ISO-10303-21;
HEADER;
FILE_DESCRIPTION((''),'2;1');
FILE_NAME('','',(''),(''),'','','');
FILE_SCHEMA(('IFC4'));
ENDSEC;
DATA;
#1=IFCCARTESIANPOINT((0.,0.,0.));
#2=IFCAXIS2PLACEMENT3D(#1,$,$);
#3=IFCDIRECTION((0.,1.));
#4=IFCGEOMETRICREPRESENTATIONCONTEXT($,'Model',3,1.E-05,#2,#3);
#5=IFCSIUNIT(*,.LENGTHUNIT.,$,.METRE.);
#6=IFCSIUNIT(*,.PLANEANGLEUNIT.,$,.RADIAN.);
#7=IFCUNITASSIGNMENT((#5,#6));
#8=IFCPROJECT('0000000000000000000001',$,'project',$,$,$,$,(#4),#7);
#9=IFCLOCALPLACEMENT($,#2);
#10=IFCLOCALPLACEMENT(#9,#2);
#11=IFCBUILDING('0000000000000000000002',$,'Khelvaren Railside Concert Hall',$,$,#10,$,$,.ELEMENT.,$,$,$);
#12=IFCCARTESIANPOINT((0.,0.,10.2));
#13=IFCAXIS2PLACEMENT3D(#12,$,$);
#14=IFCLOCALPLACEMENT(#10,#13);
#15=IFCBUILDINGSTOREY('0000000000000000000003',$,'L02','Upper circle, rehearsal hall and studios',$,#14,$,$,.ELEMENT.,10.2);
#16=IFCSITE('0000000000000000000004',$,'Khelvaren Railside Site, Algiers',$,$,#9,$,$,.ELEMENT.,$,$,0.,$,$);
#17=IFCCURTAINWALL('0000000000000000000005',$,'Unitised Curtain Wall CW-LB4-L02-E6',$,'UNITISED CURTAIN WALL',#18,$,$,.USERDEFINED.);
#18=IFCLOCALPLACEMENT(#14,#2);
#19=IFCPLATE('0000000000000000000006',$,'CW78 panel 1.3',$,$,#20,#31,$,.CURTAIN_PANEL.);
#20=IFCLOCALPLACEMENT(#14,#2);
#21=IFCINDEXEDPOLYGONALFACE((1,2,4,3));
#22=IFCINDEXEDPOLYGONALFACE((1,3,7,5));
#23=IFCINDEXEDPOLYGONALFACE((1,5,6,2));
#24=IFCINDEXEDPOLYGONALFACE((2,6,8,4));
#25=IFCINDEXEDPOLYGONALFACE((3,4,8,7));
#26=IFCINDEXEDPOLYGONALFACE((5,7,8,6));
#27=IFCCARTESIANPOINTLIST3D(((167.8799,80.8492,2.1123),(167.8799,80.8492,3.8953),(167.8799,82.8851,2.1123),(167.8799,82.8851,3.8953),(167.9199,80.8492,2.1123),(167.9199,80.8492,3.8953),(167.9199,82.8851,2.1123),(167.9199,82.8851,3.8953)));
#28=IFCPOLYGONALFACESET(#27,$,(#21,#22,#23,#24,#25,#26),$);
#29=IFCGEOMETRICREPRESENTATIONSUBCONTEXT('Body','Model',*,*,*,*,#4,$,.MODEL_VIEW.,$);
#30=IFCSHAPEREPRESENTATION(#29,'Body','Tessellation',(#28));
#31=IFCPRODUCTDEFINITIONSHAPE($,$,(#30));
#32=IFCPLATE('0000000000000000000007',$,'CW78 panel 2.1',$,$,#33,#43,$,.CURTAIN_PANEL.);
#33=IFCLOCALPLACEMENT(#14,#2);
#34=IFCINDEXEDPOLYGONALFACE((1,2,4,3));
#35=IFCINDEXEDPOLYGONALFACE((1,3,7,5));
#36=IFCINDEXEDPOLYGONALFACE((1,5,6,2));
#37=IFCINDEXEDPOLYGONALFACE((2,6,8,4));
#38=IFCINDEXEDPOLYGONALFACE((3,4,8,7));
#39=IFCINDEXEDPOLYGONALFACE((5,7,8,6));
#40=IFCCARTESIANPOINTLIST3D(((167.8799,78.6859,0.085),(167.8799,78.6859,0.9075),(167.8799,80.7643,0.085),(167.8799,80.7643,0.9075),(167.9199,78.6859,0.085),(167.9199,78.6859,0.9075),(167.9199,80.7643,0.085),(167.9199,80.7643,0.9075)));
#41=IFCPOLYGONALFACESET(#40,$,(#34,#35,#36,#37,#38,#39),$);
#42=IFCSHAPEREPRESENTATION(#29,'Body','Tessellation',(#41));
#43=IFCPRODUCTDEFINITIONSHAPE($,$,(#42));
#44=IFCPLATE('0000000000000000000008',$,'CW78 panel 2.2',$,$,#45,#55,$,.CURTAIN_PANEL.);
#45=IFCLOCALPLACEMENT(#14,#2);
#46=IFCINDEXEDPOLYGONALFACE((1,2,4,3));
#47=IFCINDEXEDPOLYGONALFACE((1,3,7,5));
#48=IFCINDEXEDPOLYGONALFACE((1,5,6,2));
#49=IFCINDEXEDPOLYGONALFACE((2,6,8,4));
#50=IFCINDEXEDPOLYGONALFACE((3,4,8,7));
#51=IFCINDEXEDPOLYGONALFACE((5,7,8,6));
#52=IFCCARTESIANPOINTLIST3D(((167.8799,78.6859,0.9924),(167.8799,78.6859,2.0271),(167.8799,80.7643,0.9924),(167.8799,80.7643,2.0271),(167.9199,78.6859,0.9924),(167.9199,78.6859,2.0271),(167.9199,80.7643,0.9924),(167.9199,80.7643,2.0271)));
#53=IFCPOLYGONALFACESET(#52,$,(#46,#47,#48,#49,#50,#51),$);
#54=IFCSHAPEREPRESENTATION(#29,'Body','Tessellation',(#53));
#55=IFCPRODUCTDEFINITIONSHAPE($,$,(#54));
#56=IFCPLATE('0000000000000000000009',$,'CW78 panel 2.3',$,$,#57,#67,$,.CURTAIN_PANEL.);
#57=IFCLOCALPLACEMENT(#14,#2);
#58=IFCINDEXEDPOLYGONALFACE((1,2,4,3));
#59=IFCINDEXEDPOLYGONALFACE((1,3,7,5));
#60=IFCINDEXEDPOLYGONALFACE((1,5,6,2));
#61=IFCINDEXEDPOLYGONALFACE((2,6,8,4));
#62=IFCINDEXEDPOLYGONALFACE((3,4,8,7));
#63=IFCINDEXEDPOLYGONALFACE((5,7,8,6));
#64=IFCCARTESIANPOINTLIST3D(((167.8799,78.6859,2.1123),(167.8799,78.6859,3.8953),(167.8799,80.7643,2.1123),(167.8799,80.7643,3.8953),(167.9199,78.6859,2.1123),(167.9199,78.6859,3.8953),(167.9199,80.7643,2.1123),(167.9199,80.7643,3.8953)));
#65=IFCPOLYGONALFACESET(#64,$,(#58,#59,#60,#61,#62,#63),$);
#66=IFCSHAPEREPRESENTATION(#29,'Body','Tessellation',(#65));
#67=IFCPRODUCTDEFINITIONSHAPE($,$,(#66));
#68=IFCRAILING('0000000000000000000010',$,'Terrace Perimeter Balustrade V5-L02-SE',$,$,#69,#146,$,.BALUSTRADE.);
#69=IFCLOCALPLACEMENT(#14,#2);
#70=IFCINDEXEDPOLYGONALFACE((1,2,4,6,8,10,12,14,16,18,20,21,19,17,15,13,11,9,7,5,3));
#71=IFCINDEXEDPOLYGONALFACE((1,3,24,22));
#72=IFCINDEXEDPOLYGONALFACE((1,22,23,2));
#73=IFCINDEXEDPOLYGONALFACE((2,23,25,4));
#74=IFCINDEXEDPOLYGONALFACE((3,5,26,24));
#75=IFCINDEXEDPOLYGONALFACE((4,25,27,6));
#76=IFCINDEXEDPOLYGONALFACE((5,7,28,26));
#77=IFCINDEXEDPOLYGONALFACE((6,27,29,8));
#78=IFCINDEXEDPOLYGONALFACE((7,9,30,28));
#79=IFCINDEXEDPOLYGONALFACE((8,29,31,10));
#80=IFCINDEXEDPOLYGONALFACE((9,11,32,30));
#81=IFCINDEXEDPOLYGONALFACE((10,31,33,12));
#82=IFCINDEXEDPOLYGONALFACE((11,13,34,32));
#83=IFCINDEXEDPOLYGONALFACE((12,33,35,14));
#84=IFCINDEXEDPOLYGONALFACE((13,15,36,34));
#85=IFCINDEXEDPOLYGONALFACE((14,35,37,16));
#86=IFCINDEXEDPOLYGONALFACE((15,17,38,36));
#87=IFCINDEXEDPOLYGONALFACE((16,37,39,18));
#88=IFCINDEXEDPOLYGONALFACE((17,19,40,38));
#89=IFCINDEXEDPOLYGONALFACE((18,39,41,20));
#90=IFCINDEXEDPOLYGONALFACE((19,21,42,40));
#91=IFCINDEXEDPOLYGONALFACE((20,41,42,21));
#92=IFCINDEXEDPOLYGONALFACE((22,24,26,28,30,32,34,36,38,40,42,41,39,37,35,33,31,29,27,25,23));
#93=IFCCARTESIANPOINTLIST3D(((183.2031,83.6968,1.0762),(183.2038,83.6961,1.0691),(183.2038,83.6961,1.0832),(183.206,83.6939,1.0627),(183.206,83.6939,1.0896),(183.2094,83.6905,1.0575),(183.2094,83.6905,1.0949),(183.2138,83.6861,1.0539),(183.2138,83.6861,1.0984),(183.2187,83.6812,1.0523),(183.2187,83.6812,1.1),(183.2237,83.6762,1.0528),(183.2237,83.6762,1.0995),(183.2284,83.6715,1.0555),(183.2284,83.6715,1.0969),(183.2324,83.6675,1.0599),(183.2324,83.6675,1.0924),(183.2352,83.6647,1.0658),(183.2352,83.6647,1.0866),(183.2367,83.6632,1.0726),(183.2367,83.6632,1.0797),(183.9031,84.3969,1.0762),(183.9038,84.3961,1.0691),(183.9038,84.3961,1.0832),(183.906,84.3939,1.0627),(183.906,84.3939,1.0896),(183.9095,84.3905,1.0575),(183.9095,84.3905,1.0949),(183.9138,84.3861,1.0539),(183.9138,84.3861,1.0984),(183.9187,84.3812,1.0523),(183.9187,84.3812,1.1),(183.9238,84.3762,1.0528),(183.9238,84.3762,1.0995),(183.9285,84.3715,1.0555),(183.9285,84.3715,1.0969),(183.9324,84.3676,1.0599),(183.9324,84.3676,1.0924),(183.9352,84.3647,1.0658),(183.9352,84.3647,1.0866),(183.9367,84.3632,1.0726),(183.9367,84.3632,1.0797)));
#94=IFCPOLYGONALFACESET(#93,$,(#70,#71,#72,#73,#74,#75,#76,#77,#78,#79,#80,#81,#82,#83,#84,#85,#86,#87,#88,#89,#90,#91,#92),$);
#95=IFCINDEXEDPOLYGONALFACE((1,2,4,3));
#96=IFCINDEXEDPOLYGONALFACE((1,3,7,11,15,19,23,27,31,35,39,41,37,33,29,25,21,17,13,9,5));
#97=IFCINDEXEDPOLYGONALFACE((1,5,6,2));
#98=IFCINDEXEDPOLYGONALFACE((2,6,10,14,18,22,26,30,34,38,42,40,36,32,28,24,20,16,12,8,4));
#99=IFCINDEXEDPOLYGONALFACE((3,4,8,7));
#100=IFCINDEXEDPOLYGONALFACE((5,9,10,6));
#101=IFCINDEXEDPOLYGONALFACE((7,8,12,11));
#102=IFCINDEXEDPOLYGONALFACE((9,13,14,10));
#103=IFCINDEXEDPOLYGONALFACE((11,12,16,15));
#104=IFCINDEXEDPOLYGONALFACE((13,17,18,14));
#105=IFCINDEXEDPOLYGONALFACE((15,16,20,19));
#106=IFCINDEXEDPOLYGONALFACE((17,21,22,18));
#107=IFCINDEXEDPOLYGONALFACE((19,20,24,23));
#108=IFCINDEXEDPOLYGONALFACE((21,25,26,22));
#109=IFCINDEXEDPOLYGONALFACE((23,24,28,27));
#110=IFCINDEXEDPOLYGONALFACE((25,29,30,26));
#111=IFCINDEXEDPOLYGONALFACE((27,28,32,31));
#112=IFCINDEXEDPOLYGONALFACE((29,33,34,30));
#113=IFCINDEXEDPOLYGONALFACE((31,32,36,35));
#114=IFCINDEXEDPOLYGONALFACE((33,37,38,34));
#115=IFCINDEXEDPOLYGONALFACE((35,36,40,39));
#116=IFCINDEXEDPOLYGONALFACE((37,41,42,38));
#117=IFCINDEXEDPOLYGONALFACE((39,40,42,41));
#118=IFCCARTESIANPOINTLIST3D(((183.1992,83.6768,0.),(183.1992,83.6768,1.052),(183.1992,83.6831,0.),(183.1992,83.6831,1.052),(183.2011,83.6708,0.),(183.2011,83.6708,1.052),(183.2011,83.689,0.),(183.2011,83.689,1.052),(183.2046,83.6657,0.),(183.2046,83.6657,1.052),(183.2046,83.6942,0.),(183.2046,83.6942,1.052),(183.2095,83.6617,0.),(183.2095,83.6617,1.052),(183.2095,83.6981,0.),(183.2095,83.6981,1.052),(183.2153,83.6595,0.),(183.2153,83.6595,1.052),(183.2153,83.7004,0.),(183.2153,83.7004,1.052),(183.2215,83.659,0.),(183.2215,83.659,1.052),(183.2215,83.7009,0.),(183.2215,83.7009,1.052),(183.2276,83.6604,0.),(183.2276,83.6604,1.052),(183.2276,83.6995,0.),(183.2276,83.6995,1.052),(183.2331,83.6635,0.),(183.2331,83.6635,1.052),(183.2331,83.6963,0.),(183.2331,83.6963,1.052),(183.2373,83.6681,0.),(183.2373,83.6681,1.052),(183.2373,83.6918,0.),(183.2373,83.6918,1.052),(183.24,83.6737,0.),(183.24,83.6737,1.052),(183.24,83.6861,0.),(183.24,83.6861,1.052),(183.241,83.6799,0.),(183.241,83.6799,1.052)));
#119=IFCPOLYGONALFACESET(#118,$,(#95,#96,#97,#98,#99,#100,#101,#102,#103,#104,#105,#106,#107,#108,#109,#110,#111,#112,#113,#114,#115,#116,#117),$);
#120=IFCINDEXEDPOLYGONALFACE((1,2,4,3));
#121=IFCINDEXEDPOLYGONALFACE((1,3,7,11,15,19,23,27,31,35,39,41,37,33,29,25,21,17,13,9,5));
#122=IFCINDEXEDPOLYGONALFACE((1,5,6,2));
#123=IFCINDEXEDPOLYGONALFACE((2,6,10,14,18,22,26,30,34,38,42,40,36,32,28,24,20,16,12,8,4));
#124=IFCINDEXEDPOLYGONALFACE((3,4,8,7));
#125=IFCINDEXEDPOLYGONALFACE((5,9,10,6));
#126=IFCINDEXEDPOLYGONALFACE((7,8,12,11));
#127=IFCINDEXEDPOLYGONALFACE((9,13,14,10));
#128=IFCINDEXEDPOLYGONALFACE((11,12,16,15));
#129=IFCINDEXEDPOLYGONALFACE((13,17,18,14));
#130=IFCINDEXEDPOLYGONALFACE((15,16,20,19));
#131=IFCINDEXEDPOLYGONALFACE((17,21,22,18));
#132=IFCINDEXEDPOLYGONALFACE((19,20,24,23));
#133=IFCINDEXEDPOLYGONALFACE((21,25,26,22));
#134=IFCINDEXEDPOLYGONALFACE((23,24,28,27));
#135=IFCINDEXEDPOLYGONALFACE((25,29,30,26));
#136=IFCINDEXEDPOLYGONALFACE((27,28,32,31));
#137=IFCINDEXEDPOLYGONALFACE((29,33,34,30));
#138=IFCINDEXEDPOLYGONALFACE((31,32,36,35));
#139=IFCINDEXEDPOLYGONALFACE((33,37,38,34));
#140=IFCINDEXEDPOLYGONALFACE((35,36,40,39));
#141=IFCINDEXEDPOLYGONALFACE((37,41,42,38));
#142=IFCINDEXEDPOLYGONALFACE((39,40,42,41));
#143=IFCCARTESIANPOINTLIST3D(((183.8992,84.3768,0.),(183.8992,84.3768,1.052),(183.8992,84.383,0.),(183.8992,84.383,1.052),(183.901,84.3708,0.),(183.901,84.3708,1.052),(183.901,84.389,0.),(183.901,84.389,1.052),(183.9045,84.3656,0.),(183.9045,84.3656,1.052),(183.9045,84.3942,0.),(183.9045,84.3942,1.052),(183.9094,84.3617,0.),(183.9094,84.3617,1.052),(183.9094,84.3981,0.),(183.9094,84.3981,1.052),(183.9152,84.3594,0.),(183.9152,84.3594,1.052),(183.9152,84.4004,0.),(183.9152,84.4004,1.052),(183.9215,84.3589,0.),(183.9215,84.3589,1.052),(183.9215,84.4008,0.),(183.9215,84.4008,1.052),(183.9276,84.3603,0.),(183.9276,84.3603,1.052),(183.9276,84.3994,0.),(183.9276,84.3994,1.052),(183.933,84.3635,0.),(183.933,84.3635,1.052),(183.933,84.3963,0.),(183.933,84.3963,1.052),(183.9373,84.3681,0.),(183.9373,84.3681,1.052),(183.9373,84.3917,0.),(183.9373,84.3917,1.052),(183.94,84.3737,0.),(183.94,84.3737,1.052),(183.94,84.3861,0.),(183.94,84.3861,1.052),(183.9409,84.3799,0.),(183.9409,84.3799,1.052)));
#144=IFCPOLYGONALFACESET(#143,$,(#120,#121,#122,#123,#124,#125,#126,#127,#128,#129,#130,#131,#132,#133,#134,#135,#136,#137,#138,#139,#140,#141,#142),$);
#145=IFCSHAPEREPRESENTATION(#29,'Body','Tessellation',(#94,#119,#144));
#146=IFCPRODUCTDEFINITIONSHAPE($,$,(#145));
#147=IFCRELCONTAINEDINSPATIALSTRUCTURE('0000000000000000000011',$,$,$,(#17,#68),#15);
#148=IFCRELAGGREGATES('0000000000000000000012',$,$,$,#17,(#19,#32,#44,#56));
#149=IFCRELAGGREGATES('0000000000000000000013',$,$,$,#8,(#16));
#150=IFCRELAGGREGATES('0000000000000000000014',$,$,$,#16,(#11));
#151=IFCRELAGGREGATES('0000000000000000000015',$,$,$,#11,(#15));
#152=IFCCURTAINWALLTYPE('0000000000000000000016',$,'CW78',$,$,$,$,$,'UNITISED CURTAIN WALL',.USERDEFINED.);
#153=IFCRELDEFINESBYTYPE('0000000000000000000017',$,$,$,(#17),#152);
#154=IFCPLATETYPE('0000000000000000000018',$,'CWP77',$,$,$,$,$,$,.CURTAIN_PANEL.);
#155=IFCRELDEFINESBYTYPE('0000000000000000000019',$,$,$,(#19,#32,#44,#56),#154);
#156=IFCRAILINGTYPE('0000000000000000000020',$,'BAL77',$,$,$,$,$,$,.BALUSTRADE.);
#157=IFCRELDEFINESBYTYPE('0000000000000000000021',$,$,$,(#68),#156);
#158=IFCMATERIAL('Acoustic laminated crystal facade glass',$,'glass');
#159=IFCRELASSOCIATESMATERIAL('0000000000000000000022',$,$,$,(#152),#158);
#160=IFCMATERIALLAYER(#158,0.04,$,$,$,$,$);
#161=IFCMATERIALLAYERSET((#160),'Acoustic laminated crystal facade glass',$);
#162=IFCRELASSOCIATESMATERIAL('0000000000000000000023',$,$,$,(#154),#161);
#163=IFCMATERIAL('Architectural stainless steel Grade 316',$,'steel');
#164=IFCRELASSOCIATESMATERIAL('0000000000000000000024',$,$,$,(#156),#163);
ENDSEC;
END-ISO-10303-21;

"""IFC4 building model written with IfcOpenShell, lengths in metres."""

from ifc_helpers import new_model, si_unit, direction, frame, origin, origin_2d, place, context, subcontext, project, spatial, rectangle, circle, extrude, material, layer, layer_set, type_object, element, aggregate, save


model = new_model("IFC4")

# Units and contexts
model_context = context("Model", 3, precision=1e-05, world=origin(), true_north=direction((0.0, 1.0)))
body_context = subcontext(model_context, "Body", "Model", "MODEL_VIEW")
ifc_project = project(units=[si_unit("LENGTHUNIT", "METRE"), si_unit("PLANEANGLEUNIT", "RADIAN")], contexts=[model_context])

# Site, building, storey
site_placement = place(None, origin())
site = spatial("IfcSite", under=ifc_project, at=site_placement, Name="Khelvaren Railside Site, Algiers", CompositionType="ELEMENT", RefElevation=0.0)
building_placement = place(site_placement, origin())
building = spatial("IfcBuilding", under=site, at=building_placement, Name="Khelvaren Railside Concert Hall", CompositionType="ELEMENT")
storey_placement = place(building_placement, frame((0.0, 0.0, 10.2)))
storey = spatial("IfcBuildingStorey", under=building, at=storey_placement, Name="L02", Description="Upper circle, rehearsal hall and studios", CompositionType="ELEMENT", Elevation=10.2)

# Curtain wall
ifc_material_1 = material(Name="Acoustic laminated crystal facade glass", Category="glass")
curtain_wall_type = type_object("IfcCurtainWallType", Name="CW78", ElementType="UNITISED CURTAIN WALL", PredefinedType="USERDEFINED", material=ifc_material_1)
curtain_wall_placement = place(storey_placement, origin())
curtain_wall = element("IfcCurtainWall", 1, at=curtain_wall_placement, inside=storey, type_object=curtain_wall_type, Name="Unitised Curtain Wall CW-LB4-L02-E6", ObjectType="UNITISED CURTAIN WALL", PredefinedType="USERDEFINED")

# Plates
ifc_layer = layer(ifc_material_1, 0.04)
ifc_layer_set = layer_set([ifc_layer], Name="Acoustic laminated crystal facade glass")
plate_type = type_object("IfcPlateType", Name="CWP77", PredefinedType="CURTAIN_PANEL", material=ifc_layer_set)
plate_1_placement = place(storey_placement, frame((167.8999, 81.8672, 2.1123), z_axis=(0.0, 0.0, 1.0), x_axis=(0.0, -1.0, 0.0)))
plate_1 = element("IfcPlate", 2, at=plate_1_placement, type_object=plate_type, Name="CW78 panel 1.3", PredefinedType="CURTAIN_PANEL", context=body_context, shape_type="SweptSolid", body=[
    extrude(rectangle(XDim=2.0359, YDim=0.04, at=origin_2d()), origin(), (0.0, 0.0, 1.0), 1.783),
])
plate_2_placement = place(storey_placement, frame((167.8999, 79.7251, 0.085), z_axis=(0.0, 0.0, 1.0), x_axis=(0.0, -1.0, 0.0)))
plate_2 = element("IfcPlate", 3, at=plate_2_placement, type_object=plate_type, Name="CW78 panel 2.1", PredefinedType="CURTAIN_PANEL", context=body_context, shape_type="SweptSolid", body=[
    extrude(rectangle(XDim=2.0784, YDim=0.04, at=origin_2d()), origin(), (0.0, 0.0, 1.0), 0.8225),
])
plate_3_placement = place(storey_placement, frame((167.8999, 79.7251, 0.9924), z_axis=(0.0, 0.0, 1.0), x_axis=(0.0, -1.0, 0.0)))
plate_3 = element("IfcPlate", 4, at=plate_3_placement, type_object=plate_type, Name="CW78 panel 2.2", PredefinedType="CURTAIN_PANEL", context=body_context, shape_type="SweptSolid", body=[
    extrude(rectangle(XDim=2.0784, YDim=0.04, at=origin_2d()), origin(), (0.0, 0.0, 1.0), 1.0347),
])
plate_4_placement = place(storey_placement, frame((167.8999, 79.7251, 2.1123), z_axis=(0.0, 0.0, 1.0), x_axis=(0.0, -1.0, 0.0)))
plate_4 = element("IfcPlate", 5, at=plate_4_placement, type_object=plate_type, Name="CW78 panel 2.3", PredefinedType="CURTAIN_PANEL", context=body_context, shape_type="SweptSolid", body=[
    extrude(rectangle(XDim=2.0784, YDim=0.04, at=origin_2d()), origin(), (0.0, 0.0, 1.0), 1.783),
])
aggregate(curtain_wall, [plate_1, plate_2, plate_3, plate_4])

# Railing
ifc_material_2 = material(Name="Architectural stainless steel Grade 316", Category="steel")
railing_type = type_object("IfcRailingType", Name="BAL77", PredefinedType="BALUSTRADE", material=ifc_material_2)
railing_1_placement = place(storey_placement, frame((183.22, 83.6799, 0.0)))
element("IfcRailing", 6, at=railing_1_placement, inside=storey, type_object=railing_type, Name="Terrace Perimeter Balustrade V5-L02-SE", PredefinedType="BALUSTRADE", context=body_context, shape_type="SweptSolid", body=[
    extrude(circle(Radius=0.0239, at=origin_2d()), frame((0.0, 0.0, 1.0762), z_axis=(0.707107, 0.707107, 0.0), x_axis=(-0.707107, 0.707107, 0.0)), (0.0, 0.0, 1.0), 0.99),
    extrude(circle(Radius=0.021, at=origin_2d()), origin(), (0.0, 0.0, 1.0), 1.052),
    extrude(circle(Radius=0.021, at=origin_2d()), frame((0.7, 0.7, 0.0)), (0.0, 0.0, 1.0), 1.052),
])

save(model, "model.ifc")
